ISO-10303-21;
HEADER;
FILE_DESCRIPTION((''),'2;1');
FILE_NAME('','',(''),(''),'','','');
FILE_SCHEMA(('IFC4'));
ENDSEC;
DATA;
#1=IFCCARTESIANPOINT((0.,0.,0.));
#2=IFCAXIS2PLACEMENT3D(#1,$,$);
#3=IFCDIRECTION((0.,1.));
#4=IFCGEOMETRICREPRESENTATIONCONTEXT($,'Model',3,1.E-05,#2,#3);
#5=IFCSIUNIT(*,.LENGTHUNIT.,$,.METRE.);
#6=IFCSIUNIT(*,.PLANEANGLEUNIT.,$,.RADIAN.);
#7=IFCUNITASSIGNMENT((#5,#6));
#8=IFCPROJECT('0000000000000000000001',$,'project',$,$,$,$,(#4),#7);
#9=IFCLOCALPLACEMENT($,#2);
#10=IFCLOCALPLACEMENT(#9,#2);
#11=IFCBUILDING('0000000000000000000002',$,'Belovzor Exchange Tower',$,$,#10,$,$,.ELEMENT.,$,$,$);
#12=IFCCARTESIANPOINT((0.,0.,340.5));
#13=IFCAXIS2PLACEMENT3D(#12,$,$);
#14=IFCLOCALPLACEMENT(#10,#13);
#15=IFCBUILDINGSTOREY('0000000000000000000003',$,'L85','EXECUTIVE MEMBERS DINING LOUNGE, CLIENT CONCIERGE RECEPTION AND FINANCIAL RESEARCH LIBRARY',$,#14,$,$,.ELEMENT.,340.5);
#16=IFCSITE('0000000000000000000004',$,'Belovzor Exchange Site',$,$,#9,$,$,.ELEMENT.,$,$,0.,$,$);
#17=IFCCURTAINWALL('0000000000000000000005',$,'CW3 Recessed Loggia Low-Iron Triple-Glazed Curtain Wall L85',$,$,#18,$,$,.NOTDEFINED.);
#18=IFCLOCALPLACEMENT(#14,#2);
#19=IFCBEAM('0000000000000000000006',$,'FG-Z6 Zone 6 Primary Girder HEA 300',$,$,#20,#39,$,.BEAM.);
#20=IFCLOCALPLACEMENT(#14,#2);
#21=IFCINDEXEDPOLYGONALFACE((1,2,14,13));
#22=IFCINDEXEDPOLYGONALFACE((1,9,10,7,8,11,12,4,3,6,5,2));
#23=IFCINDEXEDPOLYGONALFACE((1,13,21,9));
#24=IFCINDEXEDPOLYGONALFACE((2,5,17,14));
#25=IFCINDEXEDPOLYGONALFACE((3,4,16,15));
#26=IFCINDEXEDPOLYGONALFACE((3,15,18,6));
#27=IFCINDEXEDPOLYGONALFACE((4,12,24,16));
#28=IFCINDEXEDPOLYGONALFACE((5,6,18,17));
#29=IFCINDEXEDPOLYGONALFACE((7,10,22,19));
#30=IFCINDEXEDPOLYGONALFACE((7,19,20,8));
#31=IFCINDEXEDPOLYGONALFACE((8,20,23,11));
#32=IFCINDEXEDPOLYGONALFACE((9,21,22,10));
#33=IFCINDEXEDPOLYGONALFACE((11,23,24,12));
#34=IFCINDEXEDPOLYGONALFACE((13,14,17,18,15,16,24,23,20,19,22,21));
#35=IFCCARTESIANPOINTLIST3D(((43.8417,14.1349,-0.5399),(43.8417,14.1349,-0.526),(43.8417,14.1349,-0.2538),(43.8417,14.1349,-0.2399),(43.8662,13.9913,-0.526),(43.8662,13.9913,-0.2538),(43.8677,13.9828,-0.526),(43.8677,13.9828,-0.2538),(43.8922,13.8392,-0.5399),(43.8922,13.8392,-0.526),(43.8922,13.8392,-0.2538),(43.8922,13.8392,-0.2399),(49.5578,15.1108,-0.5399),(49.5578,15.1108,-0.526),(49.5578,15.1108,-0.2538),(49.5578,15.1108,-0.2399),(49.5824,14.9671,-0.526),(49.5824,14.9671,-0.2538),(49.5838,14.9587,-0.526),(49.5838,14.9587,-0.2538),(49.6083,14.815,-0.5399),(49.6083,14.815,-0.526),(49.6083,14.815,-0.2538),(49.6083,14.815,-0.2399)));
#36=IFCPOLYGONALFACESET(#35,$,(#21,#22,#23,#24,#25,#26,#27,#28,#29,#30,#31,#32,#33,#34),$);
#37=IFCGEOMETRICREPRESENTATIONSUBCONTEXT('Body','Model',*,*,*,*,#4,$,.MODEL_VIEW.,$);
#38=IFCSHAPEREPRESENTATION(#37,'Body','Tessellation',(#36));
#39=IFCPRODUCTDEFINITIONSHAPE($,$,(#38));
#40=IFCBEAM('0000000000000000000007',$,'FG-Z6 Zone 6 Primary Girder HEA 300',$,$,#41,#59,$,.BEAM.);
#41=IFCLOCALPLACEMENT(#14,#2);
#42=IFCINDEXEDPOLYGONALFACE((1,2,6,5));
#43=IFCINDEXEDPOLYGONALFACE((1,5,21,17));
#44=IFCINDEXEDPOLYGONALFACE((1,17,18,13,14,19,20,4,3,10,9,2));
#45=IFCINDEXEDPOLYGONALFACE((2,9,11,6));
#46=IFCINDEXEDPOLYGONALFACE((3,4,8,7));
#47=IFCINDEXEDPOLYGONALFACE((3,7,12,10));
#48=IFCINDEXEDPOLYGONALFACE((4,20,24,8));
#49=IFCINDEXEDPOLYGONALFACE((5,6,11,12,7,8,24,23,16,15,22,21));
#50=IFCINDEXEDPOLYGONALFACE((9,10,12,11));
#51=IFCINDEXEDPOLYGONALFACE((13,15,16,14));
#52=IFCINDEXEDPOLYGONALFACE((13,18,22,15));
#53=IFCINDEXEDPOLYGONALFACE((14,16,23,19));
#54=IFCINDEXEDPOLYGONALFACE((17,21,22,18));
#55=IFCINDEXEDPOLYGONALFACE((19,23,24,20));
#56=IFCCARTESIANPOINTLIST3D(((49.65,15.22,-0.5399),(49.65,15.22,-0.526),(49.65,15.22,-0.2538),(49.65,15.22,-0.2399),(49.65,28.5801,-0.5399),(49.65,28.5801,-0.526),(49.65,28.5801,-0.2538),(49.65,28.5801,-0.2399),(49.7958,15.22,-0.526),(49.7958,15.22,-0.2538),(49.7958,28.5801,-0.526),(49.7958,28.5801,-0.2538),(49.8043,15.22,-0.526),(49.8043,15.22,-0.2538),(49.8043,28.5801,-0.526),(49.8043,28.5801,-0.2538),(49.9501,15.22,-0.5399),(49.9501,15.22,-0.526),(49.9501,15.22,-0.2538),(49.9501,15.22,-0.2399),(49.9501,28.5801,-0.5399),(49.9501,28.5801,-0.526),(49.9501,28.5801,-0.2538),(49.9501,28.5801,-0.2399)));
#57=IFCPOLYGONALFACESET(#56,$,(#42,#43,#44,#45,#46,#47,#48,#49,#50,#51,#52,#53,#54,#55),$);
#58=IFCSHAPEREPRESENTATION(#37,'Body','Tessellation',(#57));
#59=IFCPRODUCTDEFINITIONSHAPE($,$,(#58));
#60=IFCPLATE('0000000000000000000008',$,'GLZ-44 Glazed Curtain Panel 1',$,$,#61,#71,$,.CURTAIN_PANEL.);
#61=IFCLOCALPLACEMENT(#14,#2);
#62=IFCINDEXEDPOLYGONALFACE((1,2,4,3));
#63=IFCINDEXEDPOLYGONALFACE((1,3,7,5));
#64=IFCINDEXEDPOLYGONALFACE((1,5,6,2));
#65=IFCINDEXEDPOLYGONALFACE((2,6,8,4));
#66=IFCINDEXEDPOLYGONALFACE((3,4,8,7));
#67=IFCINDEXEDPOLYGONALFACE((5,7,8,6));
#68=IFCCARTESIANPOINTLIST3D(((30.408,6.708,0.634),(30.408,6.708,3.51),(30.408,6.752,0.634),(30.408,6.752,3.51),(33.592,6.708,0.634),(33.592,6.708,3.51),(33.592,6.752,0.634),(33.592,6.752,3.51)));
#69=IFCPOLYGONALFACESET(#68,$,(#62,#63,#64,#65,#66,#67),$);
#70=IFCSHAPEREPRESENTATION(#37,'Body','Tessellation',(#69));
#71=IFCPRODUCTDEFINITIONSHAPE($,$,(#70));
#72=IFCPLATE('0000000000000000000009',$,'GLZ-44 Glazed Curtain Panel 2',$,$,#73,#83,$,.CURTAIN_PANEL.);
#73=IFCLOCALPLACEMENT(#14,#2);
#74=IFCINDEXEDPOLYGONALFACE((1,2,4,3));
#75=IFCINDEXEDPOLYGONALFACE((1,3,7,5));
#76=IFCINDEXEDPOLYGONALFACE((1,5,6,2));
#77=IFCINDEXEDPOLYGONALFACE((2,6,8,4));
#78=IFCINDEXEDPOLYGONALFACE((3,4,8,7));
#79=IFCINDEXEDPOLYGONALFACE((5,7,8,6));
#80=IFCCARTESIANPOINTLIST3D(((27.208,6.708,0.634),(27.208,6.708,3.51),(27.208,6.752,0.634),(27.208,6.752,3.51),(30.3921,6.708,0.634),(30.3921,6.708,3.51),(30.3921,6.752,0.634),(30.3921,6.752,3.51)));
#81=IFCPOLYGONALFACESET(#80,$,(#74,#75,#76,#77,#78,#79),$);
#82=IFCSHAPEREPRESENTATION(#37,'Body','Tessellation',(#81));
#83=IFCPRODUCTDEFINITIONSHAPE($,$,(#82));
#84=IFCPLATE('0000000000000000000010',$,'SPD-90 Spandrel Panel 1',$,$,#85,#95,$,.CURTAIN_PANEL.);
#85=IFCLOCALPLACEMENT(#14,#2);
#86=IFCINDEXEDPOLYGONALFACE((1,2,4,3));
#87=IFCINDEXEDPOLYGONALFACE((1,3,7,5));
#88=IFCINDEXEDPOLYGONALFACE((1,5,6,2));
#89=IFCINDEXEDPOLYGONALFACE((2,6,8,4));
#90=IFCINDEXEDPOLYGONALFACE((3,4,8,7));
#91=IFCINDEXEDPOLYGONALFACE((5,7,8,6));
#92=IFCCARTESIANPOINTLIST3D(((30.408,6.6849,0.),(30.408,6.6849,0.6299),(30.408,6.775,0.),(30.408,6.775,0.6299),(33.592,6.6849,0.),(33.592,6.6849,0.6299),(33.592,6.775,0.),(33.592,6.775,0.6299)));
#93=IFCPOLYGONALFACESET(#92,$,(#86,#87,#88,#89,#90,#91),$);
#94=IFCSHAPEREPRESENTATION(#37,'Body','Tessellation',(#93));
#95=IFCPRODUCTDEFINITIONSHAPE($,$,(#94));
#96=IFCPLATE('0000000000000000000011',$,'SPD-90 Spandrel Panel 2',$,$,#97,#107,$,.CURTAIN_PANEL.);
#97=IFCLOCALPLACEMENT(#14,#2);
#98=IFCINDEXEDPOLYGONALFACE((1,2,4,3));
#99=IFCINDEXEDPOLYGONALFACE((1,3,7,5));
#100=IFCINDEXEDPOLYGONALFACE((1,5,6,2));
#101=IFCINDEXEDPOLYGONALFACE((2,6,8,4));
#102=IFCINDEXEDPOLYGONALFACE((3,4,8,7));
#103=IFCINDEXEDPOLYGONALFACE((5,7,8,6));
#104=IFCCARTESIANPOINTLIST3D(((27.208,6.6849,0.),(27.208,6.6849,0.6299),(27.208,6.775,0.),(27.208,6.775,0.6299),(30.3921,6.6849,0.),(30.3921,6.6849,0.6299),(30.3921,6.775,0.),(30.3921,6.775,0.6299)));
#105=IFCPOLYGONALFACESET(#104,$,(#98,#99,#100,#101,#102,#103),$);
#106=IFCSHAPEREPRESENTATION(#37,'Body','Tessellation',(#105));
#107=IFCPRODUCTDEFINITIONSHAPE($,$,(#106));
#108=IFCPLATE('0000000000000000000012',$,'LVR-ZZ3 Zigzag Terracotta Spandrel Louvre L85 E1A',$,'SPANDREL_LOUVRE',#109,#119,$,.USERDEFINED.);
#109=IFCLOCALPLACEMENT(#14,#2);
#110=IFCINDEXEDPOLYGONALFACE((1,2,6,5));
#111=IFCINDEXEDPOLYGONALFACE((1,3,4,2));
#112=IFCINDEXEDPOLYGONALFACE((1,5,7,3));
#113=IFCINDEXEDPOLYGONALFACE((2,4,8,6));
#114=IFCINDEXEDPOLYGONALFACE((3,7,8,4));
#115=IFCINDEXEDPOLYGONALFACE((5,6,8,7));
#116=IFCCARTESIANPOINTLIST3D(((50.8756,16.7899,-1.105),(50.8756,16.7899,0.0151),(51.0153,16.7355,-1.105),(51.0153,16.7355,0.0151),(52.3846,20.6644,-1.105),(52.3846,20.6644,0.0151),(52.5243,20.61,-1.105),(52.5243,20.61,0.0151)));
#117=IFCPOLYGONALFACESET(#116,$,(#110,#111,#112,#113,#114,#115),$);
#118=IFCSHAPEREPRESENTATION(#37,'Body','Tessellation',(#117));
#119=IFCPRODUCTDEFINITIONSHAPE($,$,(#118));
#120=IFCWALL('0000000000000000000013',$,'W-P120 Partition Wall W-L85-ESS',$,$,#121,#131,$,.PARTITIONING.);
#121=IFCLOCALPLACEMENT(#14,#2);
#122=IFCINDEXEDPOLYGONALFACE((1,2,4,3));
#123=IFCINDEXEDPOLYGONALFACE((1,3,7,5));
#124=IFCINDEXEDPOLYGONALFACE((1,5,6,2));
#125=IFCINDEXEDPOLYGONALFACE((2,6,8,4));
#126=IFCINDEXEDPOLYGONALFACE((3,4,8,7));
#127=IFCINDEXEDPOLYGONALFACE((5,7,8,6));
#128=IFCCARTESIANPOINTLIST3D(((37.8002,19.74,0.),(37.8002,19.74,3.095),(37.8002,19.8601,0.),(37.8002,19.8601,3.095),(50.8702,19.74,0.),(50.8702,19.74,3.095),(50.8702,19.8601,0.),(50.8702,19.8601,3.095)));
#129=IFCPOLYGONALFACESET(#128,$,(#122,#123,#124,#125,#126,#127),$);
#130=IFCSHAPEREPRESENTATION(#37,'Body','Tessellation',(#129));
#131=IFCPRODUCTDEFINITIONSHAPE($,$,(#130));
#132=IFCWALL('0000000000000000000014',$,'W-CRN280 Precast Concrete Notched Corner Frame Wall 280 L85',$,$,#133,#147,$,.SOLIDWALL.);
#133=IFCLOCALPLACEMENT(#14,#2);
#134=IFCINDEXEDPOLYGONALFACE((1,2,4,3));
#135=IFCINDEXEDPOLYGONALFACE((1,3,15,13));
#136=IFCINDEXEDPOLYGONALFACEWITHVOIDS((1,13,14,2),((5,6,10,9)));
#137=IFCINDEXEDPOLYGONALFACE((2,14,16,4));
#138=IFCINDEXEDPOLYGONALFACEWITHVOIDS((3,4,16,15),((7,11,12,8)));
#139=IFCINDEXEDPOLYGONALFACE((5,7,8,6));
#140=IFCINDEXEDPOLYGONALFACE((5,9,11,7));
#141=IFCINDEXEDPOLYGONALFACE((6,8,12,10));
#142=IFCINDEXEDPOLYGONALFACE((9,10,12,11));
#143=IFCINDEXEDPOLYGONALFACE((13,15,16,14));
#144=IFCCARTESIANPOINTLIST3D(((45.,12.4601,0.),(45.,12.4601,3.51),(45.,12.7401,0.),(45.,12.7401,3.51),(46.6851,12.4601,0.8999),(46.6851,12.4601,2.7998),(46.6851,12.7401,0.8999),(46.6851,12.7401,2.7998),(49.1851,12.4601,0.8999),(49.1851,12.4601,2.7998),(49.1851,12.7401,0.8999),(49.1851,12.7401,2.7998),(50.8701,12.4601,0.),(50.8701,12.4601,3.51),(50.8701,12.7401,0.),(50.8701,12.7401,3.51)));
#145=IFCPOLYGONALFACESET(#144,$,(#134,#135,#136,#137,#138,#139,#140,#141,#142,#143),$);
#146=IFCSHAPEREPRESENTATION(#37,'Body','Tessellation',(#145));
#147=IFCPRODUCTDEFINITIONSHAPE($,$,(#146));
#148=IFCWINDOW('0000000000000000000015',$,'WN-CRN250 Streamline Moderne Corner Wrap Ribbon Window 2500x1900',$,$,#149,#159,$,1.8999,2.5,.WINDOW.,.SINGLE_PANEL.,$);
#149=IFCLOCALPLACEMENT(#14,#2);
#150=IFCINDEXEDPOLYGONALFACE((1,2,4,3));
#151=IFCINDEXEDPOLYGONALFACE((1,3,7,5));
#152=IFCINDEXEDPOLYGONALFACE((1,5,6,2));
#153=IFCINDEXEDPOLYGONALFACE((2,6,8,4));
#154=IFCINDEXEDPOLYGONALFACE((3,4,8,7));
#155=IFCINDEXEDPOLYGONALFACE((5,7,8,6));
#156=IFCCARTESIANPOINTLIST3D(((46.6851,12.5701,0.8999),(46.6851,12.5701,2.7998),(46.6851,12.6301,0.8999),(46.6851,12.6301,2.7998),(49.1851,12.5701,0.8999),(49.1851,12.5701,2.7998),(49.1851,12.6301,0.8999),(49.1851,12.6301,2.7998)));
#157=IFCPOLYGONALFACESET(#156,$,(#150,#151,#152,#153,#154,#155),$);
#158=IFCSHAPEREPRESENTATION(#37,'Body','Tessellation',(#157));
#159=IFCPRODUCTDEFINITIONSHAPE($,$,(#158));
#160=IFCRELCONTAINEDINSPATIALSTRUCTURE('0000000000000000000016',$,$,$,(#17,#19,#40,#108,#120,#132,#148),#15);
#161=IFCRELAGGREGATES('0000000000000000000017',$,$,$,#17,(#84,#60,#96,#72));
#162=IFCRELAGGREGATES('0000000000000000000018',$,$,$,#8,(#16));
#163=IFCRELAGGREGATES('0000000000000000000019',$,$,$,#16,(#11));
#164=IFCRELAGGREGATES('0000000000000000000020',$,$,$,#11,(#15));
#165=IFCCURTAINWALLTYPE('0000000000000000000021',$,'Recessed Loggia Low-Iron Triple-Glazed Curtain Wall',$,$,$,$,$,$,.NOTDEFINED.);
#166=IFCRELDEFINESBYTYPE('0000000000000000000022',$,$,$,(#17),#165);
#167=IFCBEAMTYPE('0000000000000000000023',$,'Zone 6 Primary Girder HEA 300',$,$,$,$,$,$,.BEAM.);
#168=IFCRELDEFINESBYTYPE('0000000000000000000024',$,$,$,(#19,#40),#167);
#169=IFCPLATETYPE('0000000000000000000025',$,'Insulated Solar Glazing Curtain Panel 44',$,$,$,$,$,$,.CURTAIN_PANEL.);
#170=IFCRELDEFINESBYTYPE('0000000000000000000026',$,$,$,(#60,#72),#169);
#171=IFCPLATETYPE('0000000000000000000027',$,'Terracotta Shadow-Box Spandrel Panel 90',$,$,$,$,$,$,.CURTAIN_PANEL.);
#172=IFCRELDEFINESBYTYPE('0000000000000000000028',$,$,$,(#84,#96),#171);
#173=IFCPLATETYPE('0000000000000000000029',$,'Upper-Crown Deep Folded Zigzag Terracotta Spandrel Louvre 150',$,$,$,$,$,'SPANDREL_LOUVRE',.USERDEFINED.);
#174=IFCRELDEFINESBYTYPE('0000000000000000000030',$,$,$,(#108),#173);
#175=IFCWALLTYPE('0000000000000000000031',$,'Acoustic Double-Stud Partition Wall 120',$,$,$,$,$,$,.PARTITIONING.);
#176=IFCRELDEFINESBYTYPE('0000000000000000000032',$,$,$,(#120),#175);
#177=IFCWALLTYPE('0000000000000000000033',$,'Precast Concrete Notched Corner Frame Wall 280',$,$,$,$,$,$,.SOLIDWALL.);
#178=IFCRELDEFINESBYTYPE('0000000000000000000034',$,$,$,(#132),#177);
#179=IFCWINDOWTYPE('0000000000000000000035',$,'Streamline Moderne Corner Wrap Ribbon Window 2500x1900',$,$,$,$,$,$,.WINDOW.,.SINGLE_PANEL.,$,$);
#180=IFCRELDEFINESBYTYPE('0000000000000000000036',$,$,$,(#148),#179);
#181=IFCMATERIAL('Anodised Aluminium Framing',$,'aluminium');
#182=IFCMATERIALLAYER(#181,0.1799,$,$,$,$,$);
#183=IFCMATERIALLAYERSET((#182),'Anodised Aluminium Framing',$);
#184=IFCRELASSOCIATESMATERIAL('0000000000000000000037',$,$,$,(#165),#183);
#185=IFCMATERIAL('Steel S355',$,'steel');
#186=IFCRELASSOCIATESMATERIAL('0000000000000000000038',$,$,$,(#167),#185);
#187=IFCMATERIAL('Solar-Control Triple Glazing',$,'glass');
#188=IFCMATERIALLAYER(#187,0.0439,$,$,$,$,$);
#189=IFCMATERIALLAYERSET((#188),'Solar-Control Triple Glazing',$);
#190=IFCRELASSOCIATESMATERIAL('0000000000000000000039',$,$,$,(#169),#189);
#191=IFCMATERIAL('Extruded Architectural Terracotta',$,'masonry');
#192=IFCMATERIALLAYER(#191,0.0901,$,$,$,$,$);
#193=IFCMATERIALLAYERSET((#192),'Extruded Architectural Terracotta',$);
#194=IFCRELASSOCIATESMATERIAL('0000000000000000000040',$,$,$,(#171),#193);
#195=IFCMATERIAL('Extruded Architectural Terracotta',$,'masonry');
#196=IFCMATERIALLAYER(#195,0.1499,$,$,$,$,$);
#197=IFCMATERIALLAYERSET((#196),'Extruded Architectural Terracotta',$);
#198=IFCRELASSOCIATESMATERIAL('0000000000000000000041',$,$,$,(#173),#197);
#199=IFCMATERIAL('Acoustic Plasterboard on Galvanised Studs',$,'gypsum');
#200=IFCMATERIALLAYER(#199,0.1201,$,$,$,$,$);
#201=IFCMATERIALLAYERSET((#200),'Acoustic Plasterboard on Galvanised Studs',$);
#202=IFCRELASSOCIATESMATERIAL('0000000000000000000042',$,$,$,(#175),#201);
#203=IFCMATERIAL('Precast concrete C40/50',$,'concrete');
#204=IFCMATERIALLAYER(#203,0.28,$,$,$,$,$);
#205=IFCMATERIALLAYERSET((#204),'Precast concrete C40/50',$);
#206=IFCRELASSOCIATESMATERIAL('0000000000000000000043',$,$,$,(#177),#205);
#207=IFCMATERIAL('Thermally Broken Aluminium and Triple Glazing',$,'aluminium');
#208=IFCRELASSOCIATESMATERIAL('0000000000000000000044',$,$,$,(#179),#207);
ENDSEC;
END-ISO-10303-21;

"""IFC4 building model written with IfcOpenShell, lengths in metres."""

from ifc_helpers import new_model, si_unit, direction, frame, frame_2d, origin, origin_2d, place, context, subcontext, project, spatial, rectangle, i_section, extrude, material, layer, layer_set, material_profile, profile_set, type_object, element, fill, aggregate, save


model = new_model("IFC4")

# Units and contexts
model_context = context("Model", 3, precision=1e-05, world=origin(), true_north=direction((0.0, 1.0)))
body_context = subcontext(model_context, "Body", "Model", "MODEL_VIEW")
ifc_project = project(units=[si_unit("LENGTHUNIT", "METRE"), si_unit("PLANEANGLEUNIT", "RADIAN")], contexts=[model_context])

# Site, building, storey
site_placement = place(None, origin())
site = spatial("IfcSite", under=ifc_project, at=site_placement, Name="Belovzor Exchange Site", CompositionType="ELEMENT", RefElevation=0.0)
building_placement = place(site_placement, origin())
building = spatial("IfcBuilding", under=site, at=building_placement, Name="Belovzor Exchange Tower", CompositionType="ELEMENT")
storey_placement = place(building_placement, frame((0.0, 0.0, 340.5)))
storey = spatial("IfcBuildingStorey", under=building, at=storey_placement, Name="L85", Description="EXECUTIVE MEMBERS DINING LOUNGE, CLIENT CONCIERGE RECEPTION AND FINANCIAL RESEARCH LIBRARY", CompositionType="ELEMENT", Elevation=340.5)

# Curtain wall
ifc_material_1 = material(Name="Anodised Aluminium Framing", Category="aluminium")
ifc_layer_1 = layer(ifc_material_1, 0.1799)
ifc_layer_set_1 = layer_set([ifc_layer_1], Name="Anodised Aluminium Framing")
curtain_wall_type = type_object("IfcCurtainWallType", Name="Recessed Loggia Low-Iron Triple-Glazed Curtain Wall", PredefinedType="NOTDEFINED", material=ifc_layer_set_1)
curtain_wall_placement = place(storey_placement, origin())
curtain_wall = element("IfcCurtainWall", 1, at=curtain_wall_placement, inside=storey, type_object=curtain_wall_type, Name="CW3 Recessed Loggia Low-Iron Triple-Glazed Curtain Wall L85", PredefinedType="NOTDEFINED")

# Beams
ifc_material_2 = material(Name="Steel S355", Category="steel")
ifc_material_profile_1 = material_profile(ifc_material_2, i_section(OverallWidth=0.3, OverallDepth=0.3, WebThickness=0.0085, FlangeThickness=0.0139, at=origin_2d()))
ifc_profile_set_1 = profile_set([ifc_material_profile_1], Name="Steel S355")
beam_type_1 = type_object("IfcBeamType", Name="Zone 6 Primary Girder HEA 300", PredefinedType="BEAM", material=ifc_profile_set_1)
beam_1_placement = place(storey_placement, frame((43.8669, 13.9871, -0.3899), z_axis=(0.985739, 0.168282, 0.0), x_axis=(-0.168282, 0.985739, 0.0)))
element("IfcBeam", 2, at=beam_1_placement, inside=storey, type_object=beam_type_1, Name="FG-Z6 Zone 6 Primary Girder HEA 300", PredefinedType="BEAM", context=body_context, shape_type="SweptSolid", body=[
    extrude(i_section(OverallWidth=0.3, OverallDepth=0.3, WebThickness=0.0085, FlangeThickness=0.0139, at=origin_2d()), origin(), (0.0, 0.0, 1.0), 5.7988),
])
beam_2_placement = place(storey_placement, frame((49.8, 15.22, -0.3899), z_axis=(0.0, 1.0, 0.0), x_axis=(-1.0, 0.0, 0.0)))
element("IfcBeam", 3, at=beam_2_placement, inside=storey, type_object=beam_type_1, Name="FG-Z6 Zone 6 Primary Girder HEA 300", PredefinedType="BEAM", context=body_context, shape_type="SweptSolid", body=[
    extrude(i_section(OverallWidth=0.3, OverallDepth=0.3, WebThickness=0.0085, FlangeThickness=0.0139, at=origin_2d()), origin(), (0.0, 0.0, 1.0), 13.3601),
])

# Plates
ifc_material_3 = material(Name="Solar-Control Triple Glazing", Category="glass")
ifc_layer_2 = layer(ifc_material_3, 0.0439)
ifc_layer_set_2 = layer_set([ifc_layer_2], Name="Solar-Control Triple Glazing")
plate_type_1 = type_object("IfcPlateType", Name="Insulated Solar Glazing Curtain Panel 44", PredefinedType="CURTAIN_PANEL", material=ifc_layer_set_2)
plate_1_placement = place(storey_placement, frame((32.0, 6.73, 0.634), z_axis=(0.0, 0.0, 1.0), x_axis=(-1.0, 0.0, 0.0)))
plate_1 = element("IfcPlate", 4, at=plate_1_placement, type_object=plate_type_1, Name="GLZ-44 Glazed Curtain Panel 1", PredefinedType="CURTAIN_PANEL", context=body_context, shape_type="SweptSolid", body=[
    extrude(rectangle(XDim=3.1841, YDim=0.0439, at=origin_2d()), origin(), (0.0, 0.0, 1.0), 2.876),
])
plate_2_placement = place(storey_placement, frame((28.8, 6.73, 0.634), z_axis=(0.0, 0.0, 1.0), x_axis=(-1.0, 0.0, 0.0)))
plate_2 = element("IfcPlate", 5, at=plate_2_placement, type_object=plate_type_1, Name="GLZ-44 Glazed Curtain Panel 2", PredefinedType="CURTAIN_PANEL", context=body_context, shape_type="SweptSolid", body=[
    extrude(rectangle(XDim=3.1841, YDim=0.0439, at=origin_2d()), origin(), (0.0, 0.0, 1.0), 2.876),
])
ifc_material_4 = material(Name="Extruded Architectural Terracotta", Category="masonry")
ifc_layer_3 = layer(ifc_material_4, 0.0901)
ifc_layer_set_3 = layer_set([ifc_layer_3], Name="Extruded Architectural Terracotta")
plate_type_2 = type_object("IfcPlateType", Name="Terracotta Shadow-Box Spandrel Panel 90", PredefinedType="CURTAIN_PANEL", material=ifc_layer_set_3)
plate_3_placement = place(storey_placement, frame((32.0, 6.73, 0.0), z_axis=(0.0, 0.0, 1.0), x_axis=(-1.0, 0.0, 0.0)))
plate_3 = element("IfcPlate", 6, at=plate_3_placement, type_object=plate_type_2, Name="SPD-90 Spandrel Panel 1", PredefinedType="CURTAIN_PANEL", context=body_context, shape_type="SweptSolid", body=[
    extrude(rectangle(XDim=3.1841, YDim=0.0901, at=origin_2d()), origin(), (0.0, 0.0, 1.0), 0.6299),
])
plate_4_placement = place(storey_placement, frame((28.8, 6.73, 0.0), z_axis=(0.0, 0.0, 1.0), x_axis=(-1.0, 0.0, 0.0)))
plate_4 = element("IfcPlate", 7, at=plate_4_placement, type_object=plate_type_2, Name="SPD-90 Spandrel Panel 2", PredefinedType="CURTAIN_PANEL", context=body_context, shape_type="SweptSolid", body=[
    extrude(rectangle(XDim=3.1841, YDim=0.0901, at=origin_2d()), origin(), (0.0, 0.0, 1.0), 0.6299),
])
aggregate(curtain_wall, [plate_3, plate_1, plate_4, plate_2])
ifc_material_5 = material(Name="Extruded Architectural Terracotta", Category="masonry")
ifc_layer_4 = layer(ifc_material_5, 0.1499)
ifc_layer_set_4 = layer_set([ifc_layer_4], Name="Extruded Architectural Terracotta")
plate_type_3 = type_object("IfcPlateType", Name="Upper-Crown Deep Folded Zigzag Terracotta Spandrel Louvre 150", ElementType="SPANDREL_LOUVRE", PredefinedType="USERDEFINED", material=ifc_layer_set_4)
plate_5_placement = place(storey_placement, frame((51.7, 18.7, -1.105), z_axis=(0.0, 0.0, 1.0), x_axis=(0.362926, 0.931818, 0.0)))
element("IfcPlate", 8, at=plate_5_placement, inside=storey, type_object=plate_type_3, Name="LVR-ZZ3 Zigzag Terracotta Spandrel Louvre L85 E1A", ObjectType="SPANDREL_LOUVRE", PredefinedType="USERDEFINED", context=body_context, shape_type="SweptSolid", body=[
    extrude(rectangle(XDim=4.158, YDim=0.1499, at=origin_2d()), origin(), (0.0, 0.0, 1.0), 1.1201),
])

# Wall
ifc_material_6 = material(Name="Acoustic Plasterboard on Galvanised Studs", Category="gypsum")
ifc_layer_5 = layer(ifc_material_6, 0.1201)
ifc_layer_set_5 = layer_set([ifc_layer_5], Name="Acoustic Plasterboard on Galvanised Studs")
wall_type_1 = type_object("IfcWallType", Name="Acoustic Double-Stud Partition Wall 120", PredefinedType="PARTITIONING", material=ifc_layer_set_5)
wall_1_placement = place(storey_placement, frame((37.8, 19.8, 0.0), z_axis=(0.0, 0.0, 1.0), x_axis=(1.0, 0.0, 0.0)))
element("IfcWall", 9, at=wall_1_placement, inside=storey, type_object=wall_type_1, Name="W-P120 Partition Wall W-L85-ESS", PredefinedType="PARTITIONING", context=body_context, shape_type="SweptSolid", body=[
    extrude(rectangle(XDim=13.0701, YDim=0.1201, at=frame_2d((6.5352, 0.0))), origin(), (0.0, 0.0, 1.0), 3.095),
])

# Wall, opening, window
ifc_material_7 = material(Name="Precast concrete C40/50", Category="concrete")
ifc_layer_6 = layer(ifc_material_7, 0.28)
ifc_layer_set_6 = layer_set([ifc_layer_6], Name="Precast concrete C40/50")
wall_type_2 = type_object("IfcWallType", Name="Precast Concrete Notched Corner Frame Wall 280", PredefinedType="SOLIDWALL", material=ifc_layer_set_6)
wall_2_placement = place(storey_placement, frame((50.8701, 12.6001, 0.0), z_axis=(0.0, 0.0, 1.0), x_axis=(-1.0, 0.0, 0.0)))
wall_2 = element("IfcWall", 10, at=wall_2_placement, inside=storey, type_object=wall_type_2, Name="W-CRN280 Precast Concrete Notched Corner Frame Wall 280 L85", PredefinedType="SOLIDWALL", context=body_context, shape_type="SweptSolid", body=[
    extrude(rectangle(XDim=5.8701, YDim=0.28, at=frame_2d((2.9351, 0.0))), origin(), (0.0, 0.0, 1.0), 3.51),
])
opening_1_placement = place(wall_2_placement, frame((1.6851, 0.0, 0.8999)))
opening_1 = element("IfcOpeningElement", 11, at=opening_1_placement, cuts=wall_2, PredefinedType="OPENING", context=body_context, shape_type="SweptSolid", body=[
    extrude(rectangle(XDim=2.5, YDim=1.8999, at=frame_2d((1.25, 0.95))), frame((0.0, 0.1499, 0.0), z_axis=(0.0, -1.0, 0.0), x_axis=(1.0, 0.0, 0.0)), (0.0, 0.0, 1.0), 0.3),
])
ifc_material_8 = material(Name="Thermally Broken Aluminium and Triple Glazing", Category="aluminium")
window_type = type_object("IfcWindowType", Name="Streamline Moderne Corner Wrap Ribbon Window 2500x1900", PartitioningType="SINGLE_PANEL", PredefinedType="WINDOW", material=ifc_material_8)
window_1_placement = place(opening_1_placement, origin())
window_1 = element("IfcWindow", 12, at=window_1_placement, inside=storey, type_object=window_type, Name="WN-CRN250 Streamline Moderne Corner Wrap Ribbon Window 2500x1900", OverallHeight=1.8999, OverallWidth=2.5, PartitioningType="SINGLE_PANEL", PredefinedType="WINDOW", context=body_context, shape_type="SweptSolid", body=[
    extrude(rectangle(XDim=2.5, YDim=1.8999, at=frame_2d((1.25, 0.95))), frame((0.0, 0.03, 0.0), z_axis=(0.0, -1.0, 0.0), x_axis=(1.0, 0.0, 0.0)), (0.0, 0.0, 1.0), 0.0601),
])
fill(opening_1, window_1)

save(model, "model.ifc")
